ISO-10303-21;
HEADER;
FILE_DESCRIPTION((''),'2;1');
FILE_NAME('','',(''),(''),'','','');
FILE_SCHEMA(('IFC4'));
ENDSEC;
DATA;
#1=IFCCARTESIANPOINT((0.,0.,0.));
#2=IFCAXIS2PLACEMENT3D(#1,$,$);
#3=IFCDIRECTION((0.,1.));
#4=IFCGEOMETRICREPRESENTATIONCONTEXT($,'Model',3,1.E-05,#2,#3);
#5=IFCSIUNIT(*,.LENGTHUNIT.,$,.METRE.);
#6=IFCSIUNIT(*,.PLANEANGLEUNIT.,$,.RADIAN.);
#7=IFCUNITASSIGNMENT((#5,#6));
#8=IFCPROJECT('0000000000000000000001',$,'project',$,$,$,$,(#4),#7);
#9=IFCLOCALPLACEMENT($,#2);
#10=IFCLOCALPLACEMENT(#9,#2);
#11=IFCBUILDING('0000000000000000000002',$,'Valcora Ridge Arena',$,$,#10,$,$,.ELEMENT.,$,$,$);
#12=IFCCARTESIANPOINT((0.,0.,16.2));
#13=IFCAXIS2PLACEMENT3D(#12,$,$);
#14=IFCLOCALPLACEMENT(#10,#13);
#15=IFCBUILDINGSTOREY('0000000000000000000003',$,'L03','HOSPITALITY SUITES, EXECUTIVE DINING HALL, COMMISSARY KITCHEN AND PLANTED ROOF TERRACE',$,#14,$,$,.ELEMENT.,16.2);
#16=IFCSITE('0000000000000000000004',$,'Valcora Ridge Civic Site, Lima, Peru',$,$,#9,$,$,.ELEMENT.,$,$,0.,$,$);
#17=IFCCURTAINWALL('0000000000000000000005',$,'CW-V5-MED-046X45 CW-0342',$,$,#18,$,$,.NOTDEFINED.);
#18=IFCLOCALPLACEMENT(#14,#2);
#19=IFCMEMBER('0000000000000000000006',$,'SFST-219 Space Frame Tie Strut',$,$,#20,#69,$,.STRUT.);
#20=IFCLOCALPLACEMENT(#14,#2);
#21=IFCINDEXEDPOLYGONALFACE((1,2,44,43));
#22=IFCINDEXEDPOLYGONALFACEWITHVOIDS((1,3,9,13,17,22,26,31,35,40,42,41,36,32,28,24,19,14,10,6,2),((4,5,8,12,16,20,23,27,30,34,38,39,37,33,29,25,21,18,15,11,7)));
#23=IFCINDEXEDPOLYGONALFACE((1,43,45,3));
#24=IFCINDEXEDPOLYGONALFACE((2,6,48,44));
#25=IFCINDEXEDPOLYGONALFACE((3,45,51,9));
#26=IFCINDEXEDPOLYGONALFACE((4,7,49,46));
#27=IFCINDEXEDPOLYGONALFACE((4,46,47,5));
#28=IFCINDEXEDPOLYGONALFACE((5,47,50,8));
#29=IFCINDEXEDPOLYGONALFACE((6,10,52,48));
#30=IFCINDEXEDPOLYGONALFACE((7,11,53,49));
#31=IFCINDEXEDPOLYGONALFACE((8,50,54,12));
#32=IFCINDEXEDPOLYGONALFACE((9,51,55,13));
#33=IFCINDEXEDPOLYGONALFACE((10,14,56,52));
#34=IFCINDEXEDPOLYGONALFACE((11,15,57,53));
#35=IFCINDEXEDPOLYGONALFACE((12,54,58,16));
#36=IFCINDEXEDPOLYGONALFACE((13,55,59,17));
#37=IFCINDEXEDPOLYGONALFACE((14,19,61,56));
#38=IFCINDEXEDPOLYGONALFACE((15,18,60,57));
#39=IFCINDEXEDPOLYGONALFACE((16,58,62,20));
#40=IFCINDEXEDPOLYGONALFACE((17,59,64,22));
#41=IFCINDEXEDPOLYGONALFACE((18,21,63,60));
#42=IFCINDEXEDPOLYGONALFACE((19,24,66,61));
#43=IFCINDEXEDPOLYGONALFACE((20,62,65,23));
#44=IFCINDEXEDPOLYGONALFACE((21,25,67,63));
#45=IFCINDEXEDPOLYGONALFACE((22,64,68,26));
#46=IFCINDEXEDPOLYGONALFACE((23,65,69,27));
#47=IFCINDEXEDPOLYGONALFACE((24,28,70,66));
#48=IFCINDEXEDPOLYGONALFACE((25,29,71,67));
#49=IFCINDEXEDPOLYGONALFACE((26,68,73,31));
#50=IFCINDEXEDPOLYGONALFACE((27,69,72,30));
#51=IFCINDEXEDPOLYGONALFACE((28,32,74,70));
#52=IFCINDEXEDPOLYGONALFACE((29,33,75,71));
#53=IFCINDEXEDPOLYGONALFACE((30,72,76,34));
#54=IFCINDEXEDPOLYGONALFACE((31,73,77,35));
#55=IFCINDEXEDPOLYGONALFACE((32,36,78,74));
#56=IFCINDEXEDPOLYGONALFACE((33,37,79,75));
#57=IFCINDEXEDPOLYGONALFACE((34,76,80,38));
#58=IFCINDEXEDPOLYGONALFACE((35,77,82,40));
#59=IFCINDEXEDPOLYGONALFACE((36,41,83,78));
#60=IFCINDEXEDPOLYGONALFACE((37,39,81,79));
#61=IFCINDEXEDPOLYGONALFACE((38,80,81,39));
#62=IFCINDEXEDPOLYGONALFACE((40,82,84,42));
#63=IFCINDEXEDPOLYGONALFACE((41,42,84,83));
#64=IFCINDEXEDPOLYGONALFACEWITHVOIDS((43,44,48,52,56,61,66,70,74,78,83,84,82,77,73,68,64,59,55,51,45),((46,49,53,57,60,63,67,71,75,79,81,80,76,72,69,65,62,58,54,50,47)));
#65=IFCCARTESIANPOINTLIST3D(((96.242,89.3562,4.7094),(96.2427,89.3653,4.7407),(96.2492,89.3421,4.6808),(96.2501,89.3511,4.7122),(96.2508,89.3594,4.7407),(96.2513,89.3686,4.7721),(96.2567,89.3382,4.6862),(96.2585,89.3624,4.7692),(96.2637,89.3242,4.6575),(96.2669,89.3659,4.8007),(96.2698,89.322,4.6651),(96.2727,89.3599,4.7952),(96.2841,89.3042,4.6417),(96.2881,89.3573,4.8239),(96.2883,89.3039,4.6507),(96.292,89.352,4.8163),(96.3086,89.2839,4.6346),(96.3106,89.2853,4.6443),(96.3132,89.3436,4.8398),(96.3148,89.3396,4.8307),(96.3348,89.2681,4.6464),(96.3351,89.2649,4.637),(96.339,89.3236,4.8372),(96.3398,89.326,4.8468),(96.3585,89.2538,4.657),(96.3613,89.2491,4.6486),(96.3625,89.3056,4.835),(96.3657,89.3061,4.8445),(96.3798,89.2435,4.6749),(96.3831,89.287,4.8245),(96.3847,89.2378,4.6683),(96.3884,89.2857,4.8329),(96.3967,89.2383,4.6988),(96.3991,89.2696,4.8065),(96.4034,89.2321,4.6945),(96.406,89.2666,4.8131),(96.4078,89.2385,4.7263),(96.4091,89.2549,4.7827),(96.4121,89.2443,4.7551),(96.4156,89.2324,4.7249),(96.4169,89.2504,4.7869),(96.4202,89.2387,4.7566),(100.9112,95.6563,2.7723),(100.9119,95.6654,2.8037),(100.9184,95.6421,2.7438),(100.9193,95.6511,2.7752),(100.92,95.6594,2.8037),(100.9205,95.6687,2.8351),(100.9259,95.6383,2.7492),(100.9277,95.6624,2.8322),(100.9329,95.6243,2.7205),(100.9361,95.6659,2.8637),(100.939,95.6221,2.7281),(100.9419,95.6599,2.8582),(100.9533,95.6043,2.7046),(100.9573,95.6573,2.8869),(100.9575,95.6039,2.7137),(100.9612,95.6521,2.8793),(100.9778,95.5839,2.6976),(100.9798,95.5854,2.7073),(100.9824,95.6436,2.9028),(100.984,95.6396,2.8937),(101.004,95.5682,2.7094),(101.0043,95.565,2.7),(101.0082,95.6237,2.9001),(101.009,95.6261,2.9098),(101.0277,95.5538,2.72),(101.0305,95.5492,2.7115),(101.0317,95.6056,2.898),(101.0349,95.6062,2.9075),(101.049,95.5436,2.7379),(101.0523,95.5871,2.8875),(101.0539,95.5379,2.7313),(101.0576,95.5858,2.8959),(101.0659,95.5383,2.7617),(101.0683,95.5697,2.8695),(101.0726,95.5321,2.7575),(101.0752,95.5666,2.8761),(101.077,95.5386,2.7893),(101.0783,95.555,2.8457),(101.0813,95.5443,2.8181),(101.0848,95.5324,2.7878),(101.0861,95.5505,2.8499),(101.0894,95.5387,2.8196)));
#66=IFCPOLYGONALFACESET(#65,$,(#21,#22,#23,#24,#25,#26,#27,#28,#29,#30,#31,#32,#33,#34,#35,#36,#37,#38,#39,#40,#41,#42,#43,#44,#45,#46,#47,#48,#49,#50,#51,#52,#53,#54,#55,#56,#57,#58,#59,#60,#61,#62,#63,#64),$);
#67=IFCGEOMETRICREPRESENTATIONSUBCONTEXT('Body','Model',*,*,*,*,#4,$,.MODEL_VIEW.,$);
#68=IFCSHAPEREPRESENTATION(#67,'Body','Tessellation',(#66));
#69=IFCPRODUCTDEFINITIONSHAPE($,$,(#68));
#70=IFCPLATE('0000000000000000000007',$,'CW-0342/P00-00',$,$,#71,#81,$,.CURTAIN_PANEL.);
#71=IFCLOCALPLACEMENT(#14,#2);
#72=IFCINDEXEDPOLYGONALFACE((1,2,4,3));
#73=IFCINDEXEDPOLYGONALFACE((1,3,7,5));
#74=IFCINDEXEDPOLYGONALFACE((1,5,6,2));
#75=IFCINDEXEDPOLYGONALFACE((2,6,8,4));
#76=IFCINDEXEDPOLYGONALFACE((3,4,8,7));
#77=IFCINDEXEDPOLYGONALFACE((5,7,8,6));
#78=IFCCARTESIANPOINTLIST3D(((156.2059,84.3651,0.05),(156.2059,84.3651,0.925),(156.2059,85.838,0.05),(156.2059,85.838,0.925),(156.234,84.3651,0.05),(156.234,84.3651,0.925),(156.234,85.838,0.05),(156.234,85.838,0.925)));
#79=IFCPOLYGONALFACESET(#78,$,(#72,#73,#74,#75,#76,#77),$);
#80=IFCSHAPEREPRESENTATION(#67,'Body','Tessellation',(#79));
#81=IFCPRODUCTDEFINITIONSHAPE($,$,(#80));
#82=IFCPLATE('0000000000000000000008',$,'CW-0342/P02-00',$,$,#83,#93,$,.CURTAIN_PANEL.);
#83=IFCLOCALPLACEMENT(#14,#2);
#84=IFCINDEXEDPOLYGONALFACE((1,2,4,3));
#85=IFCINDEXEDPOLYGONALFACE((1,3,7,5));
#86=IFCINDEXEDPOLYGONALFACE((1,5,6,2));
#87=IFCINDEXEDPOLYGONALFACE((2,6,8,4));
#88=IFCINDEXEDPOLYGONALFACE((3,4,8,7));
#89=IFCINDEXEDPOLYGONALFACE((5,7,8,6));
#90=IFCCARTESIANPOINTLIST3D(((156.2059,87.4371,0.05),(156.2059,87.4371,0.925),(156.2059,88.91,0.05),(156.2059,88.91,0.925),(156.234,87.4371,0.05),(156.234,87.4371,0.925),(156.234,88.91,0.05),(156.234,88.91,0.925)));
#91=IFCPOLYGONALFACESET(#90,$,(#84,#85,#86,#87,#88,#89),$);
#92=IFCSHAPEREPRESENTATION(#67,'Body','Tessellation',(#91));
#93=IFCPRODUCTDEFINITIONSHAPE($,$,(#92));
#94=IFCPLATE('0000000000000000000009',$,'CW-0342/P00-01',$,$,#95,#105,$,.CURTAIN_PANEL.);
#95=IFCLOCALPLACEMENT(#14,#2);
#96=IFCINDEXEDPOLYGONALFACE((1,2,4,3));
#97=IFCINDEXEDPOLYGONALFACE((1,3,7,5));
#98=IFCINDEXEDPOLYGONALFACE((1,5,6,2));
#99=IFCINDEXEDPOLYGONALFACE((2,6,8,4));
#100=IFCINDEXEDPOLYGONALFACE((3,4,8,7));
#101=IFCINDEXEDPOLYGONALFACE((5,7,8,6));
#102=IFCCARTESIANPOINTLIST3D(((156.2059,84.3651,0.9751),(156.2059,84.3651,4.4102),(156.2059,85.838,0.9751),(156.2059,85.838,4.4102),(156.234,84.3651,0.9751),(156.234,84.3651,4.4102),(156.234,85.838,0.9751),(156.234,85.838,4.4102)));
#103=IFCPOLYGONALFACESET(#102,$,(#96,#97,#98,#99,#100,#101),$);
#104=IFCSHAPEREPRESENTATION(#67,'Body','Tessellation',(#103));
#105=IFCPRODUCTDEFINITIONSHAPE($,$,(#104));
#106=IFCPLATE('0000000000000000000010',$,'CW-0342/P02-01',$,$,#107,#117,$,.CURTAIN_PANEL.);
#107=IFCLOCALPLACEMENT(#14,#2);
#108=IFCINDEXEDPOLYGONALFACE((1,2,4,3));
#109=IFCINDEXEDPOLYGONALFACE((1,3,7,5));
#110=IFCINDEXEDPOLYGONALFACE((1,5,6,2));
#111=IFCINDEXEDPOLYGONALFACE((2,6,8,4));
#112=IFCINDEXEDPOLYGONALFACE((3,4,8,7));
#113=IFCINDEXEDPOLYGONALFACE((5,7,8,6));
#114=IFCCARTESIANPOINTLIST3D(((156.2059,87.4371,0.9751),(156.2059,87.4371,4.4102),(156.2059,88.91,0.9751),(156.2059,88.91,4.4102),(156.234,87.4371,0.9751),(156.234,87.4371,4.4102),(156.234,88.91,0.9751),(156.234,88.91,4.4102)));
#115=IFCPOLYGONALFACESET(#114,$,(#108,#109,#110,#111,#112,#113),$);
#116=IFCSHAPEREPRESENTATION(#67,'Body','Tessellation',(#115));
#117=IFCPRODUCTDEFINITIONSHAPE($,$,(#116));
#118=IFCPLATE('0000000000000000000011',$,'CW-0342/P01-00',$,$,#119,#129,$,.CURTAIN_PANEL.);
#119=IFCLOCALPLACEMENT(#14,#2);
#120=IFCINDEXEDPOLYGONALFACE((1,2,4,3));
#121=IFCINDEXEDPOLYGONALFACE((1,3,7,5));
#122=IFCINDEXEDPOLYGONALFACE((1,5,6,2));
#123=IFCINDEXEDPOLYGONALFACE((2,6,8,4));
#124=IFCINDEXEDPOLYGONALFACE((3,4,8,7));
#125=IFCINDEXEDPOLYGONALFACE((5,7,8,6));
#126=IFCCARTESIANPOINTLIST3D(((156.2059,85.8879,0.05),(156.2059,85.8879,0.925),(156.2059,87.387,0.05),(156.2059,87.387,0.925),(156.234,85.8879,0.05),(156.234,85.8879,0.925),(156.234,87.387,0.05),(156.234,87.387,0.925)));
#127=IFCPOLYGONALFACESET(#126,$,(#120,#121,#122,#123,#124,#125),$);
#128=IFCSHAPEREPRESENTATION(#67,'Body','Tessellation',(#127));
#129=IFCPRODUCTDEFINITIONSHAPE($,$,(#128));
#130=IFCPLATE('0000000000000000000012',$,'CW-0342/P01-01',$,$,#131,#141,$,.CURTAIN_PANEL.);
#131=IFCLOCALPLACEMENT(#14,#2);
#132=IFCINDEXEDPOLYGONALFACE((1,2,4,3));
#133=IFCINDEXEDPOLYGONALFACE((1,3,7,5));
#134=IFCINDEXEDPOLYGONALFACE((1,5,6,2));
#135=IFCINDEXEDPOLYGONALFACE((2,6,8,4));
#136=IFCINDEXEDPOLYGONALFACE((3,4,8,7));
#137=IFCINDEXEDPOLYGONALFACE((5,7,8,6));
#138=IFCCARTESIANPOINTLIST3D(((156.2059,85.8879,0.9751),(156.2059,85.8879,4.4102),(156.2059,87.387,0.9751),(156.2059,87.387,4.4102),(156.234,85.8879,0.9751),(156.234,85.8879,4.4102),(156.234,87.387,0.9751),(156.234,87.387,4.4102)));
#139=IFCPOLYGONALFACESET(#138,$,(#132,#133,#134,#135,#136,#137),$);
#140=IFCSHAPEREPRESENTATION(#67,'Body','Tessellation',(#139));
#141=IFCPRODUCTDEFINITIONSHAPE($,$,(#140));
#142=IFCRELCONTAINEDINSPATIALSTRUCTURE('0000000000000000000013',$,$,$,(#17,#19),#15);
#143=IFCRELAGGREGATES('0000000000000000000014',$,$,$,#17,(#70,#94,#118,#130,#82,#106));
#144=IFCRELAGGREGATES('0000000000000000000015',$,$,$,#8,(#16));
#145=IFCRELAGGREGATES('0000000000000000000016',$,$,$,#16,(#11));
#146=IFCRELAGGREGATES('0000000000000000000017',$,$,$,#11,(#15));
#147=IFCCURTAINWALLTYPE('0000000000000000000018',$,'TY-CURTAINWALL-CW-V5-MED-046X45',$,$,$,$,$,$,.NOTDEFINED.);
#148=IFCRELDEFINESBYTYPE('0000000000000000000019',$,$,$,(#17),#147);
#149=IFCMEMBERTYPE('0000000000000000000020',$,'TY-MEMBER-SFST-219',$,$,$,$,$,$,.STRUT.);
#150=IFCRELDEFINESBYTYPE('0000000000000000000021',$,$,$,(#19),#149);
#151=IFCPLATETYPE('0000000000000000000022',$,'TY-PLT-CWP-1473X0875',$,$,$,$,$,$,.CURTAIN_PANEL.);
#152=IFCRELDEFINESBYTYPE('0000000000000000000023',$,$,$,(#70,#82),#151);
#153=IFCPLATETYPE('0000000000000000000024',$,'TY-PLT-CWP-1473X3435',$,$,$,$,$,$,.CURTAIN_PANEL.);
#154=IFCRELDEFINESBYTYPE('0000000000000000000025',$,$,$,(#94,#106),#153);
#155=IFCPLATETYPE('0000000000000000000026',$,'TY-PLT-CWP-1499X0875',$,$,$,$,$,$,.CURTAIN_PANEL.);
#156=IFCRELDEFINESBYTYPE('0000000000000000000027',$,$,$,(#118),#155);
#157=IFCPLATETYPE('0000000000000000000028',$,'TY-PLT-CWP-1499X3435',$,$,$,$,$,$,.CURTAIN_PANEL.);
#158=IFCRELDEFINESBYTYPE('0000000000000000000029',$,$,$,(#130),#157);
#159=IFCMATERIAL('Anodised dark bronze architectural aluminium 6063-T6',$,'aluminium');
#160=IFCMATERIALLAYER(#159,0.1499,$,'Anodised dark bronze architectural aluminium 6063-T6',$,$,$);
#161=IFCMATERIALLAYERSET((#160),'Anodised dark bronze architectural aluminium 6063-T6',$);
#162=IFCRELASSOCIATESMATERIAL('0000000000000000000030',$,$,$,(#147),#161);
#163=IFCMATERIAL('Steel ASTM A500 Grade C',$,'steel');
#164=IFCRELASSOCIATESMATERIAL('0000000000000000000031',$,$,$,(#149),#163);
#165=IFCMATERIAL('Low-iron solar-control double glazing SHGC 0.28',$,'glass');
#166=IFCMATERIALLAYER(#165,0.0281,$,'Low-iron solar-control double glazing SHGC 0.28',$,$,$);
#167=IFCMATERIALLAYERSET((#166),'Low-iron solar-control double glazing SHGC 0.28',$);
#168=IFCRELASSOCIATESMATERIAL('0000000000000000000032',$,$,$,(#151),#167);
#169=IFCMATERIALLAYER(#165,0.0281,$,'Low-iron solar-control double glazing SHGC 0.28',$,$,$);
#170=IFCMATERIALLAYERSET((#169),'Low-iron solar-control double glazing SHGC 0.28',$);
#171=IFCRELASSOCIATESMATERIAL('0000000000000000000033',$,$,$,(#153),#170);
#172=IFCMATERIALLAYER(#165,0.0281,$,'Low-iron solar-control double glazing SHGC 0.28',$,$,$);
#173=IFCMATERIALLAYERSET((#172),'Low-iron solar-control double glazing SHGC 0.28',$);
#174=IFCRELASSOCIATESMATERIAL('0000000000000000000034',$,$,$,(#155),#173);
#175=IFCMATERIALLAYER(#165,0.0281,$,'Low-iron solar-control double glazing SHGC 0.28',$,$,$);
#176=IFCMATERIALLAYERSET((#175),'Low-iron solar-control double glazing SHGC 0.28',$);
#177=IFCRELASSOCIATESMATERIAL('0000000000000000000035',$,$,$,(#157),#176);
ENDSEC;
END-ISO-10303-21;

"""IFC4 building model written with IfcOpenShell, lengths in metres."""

from ifc_helpers import new_model, si_unit, direction, frame, origin, origin_2d, place, context, subcontext, project, spatial, rectangle, hollow_circle, extrude, material, layer, layer_set, material_profile, profile_set, type_object, element, aggregate, save


model = new_model("IFC4")

# Units and contexts
model_context = context("Model", 3, precision=1e-05, world=origin(), true_north=direction((0.0, 1.0)))
body_context = subcontext(model_context, "Body", "Model", "MODEL_VIEW")
ifc_project = project(units=[si_unit("LENGTHUNIT", "METRE"), si_unit("PLANEANGLEUNIT", "RADIAN")], contexts=[model_context])

# Site, building, storey
site_placement = place(None, origin())
site = spatial("IfcSite", under=ifc_project, at=site_placement, Name="Valcora Ridge Civic Site, Lima, Peru", CompositionType="ELEMENT", RefElevation=0.0)
building_placement = place(site_placement, origin())
building = spatial("IfcBuilding", under=site, at=building_placement, Name="Valcora Ridge Arena", CompositionType="ELEMENT")
storey_placement = place(building_placement, frame((0.0, 0.0, 16.2)))
storey = spatial("IfcBuildingStorey", under=building, at=storey_placement, Name="L03", Description="HOSPITALITY SUITES, EXECUTIVE DINING HALL, COMMISSARY KITCHEN AND PLANTED ROOF TERRACE", CompositionType="ELEMENT", Elevation=16.2)

# Curtain wall
ifc_material_1 = material(Name="Anodised dark bronze architectural aluminium 6063-T6", Category="aluminium")
ifc_layer_1 = layer(ifc_material_1, 0.1499, Name="Anodised dark bronze architectural aluminium 6063-T6")
ifc_layer_set_1 = layer_set([ifc_layer_1], Name="Anodised dark bronze architectural aluminium 6063-T6")
curtain_wall_type = type_object("IfcCurtainWallType", Name="TY-CURTAINWALL-CW-V5-MED-046X45", PredefinedType="NOTDEFINED", material=ifc_layer_set_1)
curtain_wall_placement = place(storey_placement, origin())
curtain_wall = element("IfcCurtainWall", 1, at=curtain_wall_placement, inside=storey, type_object=curtain_wall_type, Name="CW-V5-MED-046X45 CW-0342", PredefinedType="NOTDEFINED")

# Member
ifc_material_2 = material(Name="Steel ASTM A500 Grade C", Category="steel")
ifc_material_profile_1 = material_profile(ifc_material_2, hollow_circle(Radius=0.1096, WallThickness=0.01, at=origin_2d()), Name="CHS219X10")
ifc_profile_set_1 = profile_set([ifc_material_profile_1], Name="Steel ASTM A500 Grade C")
member_type_1 = type_object("IfcMemberType", Name="TY-MEMBER-SFST-219", PredefinedType="STRUT", material=ifc_profile_set_1)
member_1_placement = place(storey_placement, frame((96.3308, 89.3, 4.7407), z_axis=(0.578058, 0.779963, -0.239807), x_axis=(-0.803405, 0.595432, 0.0)))
element("IfcMember", 2, at=member_1_placement, inside=storey, type_object=member_type_1, Name="SFST-219 Space Frame Tie Strut", PredefinedType="STRUT", context=body_context, shape_type="SweptSolid", body=[
    extrude(hollow_circle(Radius=0.1096, WallThickness=0.01, at=origin_2d()), origin(), (0.0, 0.0, 1.0), 8.0774),
])

# Plates
ifc_material_3 = material(Name="Low-iron solar-control double glazing SHGC 0.28", Category="glass")
ifc_layer_2 = layer(ifc_material_3, 0.0281, Name="Low-iron solar-control double glazing SHGC 0.28")
ifc_layer_set_2 = layer_set([ifc_layer_2], Name="Low-iron solar-control double glazing SHGC 0.28")
plate_type_1 = type_object("IfcPlateType", Name="TY-PLT-CWP-1473X0875", PredefinedType="CURTAIN_PANEL", material=ifc_layer_set_2)
plate_1_placement = place(storey_placement, frame((156.22, 85.1016, 0.05), z_axis=(0.0, 0.0, 1.0), x_axis=(0.0, 1.0, 0.0)))
plate_1 = element("IfcPlate", 3, at=plate_1_placement, type_object=plate_type_1, Name="CW-0342/P00-00", PredefinedType="CURTAIN_PANEL", context=body_context, shape_type="SweptSolid", body=[
    extrude(rectangle(XDim=1.4729, YDim=0.0281, at=origin_2d()), origin(), (0.0, 0.0, 1.0), 0.875),
])
plate_2_placement = place(storey_placement, frame((156.22, 88.1736, 0.05), z_axis=(0.0, 0.0, 1.0), x_axis=(0.0, 1.0, 0.0)))
plate_2 = element("IfcPlate", 4, at=plate_2_placement, type_object=plate_type_1, Name="CW-0342/P02-00", PredefinedType="CURTAIN_PANEL", context=body_context, shape_type="SweptSolid", body=[
    extrude(rectangle(XDim=1.4729, YDim=0.0281, at=origin_2d()), origin(), (0.0, 0.0, 1.0), 0.875),
])
ifc_layer_3 = layer(ifc_material_3, 0.0281, Name="Low-iron solar-control double glazing SHGC 0.28")
ifc_layer_set_3 = layer_set([ifc_layer_3], Name="Low-iron solar-control double glazing SHGC 0.28")
plate_type_2 = type_object("IfcPlateType", Name="TY-PLT-CWP-1473X3435", PredefinedType="CURTAIN_PANEL", material=ifc_layer_set_3)
plate_3_placement = place(storey_placement, frame((156.22, 85.1016, 0.9751), z_axis=(0.0, 0.0, 1.0), x_axis=(0.0, 1.0, 0.0)))
plate_3 = element("IfcPlate", 5, at=plate_3_placement, type_object=plate_type_2, Name="CW-0342/P00-01", PredefinedType="CURTAIN_PANEL", context=body_context, shape_type="SweptSolid", body=[
    extrude(rectangle(XDim=1.4729, YDim=0.0281, at=origin_2d()), origin(), (0.0, 0.0, 1.0), 3.4351),
])
plate_4_placement = place(storey_placement, frame((156.22, 88.1736, 0.9751), z_axis=(0.0, 0.0, 1.0), x_axis=(0.0, 1.0, 0.0)))
plate_4 = element("IfcPlate", 6, at=plate_4_placement, type_object=plate_type_2, Name="CW-0342/P02-01", PredefinedType="CURTAIN_PANEL", context=body_context, shape_type="SweptSolid", body=[
    extrude(rectangle(XDim=1.4729, YDim=0.0281, at=origin_2d()), origin(), (0.0, 0.0, 1.0), 3.4351),
])
ifc_layer_4 = layer(ifc_material_3, 0.0281, Name="Low-iron solar-control double glazing SHGC 0.28")
ifc_layer_set_4 = layer_set([ifc_layer_4], Name="Low-iron solar-control double glazing SHGC 0.28")
plate_type_3 = type_object("IfcPlateType", Name="TY-PLT-CWP-1499X0875", PredefinedType="CURTAIN_PANEL", material=ifc_layer_set_4)
plate_5_placement = place(storey_placement, frame((156.22, 86.6375, 0.05), z_axis=(0.0, 0.0, 1.0), x_axis=(0.0, 1.0, 0.0)))
plate_5 = element("IfcPlate", 7, at=plate_5_placement, type_object=plate_type_3, Name="CW-0342/P01-00", PredefinedType="CURTAIN_PANEL", context=body_context, shape_type="SweptSolid", body=[
    extrude(rectangle(XDim=1.499, YDim=0.0281, at=origin_2d()), origin(), (0.0, 0.0, 1.0), 0.875),
])
ifc_layer_5 = layer(ifc_material_3, 0.0281, Name="Low-iron solar-control double glazing SHGC 0.28")
ifc_layer_set_5 = layer_set([ifc_layer_5], Name="Low-iron solar-control double glazing SHGC 0.28")
plate_type_4 = type_object("IfcPlateType", Name="TY-PLT-CWP-1499X3435", PredefinedType="CURTAIN_PANEL", material=ifc_layer_set_5)
plate_6_placement = place(storey_placement, frame((156.22, 86.6375, 0.9751), z_axis=(0.0, 0.0, 1.0), x_axis=(0.0, 1.0, 0.0)))
plate_6 = element("IfcPlate", 8, at=plate_6_placement, type_object=plate_type_4, Name="CW-0342/P01-01", PredefinedType="CURTAIN_PANEL", context=body_context, shape_type="SweptSolid", body=[
    extrude(rectangle(XDim=1.499, YDim=0.0281, at=origin_2d()), origin(), (0.0, 0.0, 1.0), 3.4351),
])
aggregate(curtain_wall, [plate_1, plate_3, plate_5, plate_6, plate_2, plate_4])

save(model, "model.ifc")
